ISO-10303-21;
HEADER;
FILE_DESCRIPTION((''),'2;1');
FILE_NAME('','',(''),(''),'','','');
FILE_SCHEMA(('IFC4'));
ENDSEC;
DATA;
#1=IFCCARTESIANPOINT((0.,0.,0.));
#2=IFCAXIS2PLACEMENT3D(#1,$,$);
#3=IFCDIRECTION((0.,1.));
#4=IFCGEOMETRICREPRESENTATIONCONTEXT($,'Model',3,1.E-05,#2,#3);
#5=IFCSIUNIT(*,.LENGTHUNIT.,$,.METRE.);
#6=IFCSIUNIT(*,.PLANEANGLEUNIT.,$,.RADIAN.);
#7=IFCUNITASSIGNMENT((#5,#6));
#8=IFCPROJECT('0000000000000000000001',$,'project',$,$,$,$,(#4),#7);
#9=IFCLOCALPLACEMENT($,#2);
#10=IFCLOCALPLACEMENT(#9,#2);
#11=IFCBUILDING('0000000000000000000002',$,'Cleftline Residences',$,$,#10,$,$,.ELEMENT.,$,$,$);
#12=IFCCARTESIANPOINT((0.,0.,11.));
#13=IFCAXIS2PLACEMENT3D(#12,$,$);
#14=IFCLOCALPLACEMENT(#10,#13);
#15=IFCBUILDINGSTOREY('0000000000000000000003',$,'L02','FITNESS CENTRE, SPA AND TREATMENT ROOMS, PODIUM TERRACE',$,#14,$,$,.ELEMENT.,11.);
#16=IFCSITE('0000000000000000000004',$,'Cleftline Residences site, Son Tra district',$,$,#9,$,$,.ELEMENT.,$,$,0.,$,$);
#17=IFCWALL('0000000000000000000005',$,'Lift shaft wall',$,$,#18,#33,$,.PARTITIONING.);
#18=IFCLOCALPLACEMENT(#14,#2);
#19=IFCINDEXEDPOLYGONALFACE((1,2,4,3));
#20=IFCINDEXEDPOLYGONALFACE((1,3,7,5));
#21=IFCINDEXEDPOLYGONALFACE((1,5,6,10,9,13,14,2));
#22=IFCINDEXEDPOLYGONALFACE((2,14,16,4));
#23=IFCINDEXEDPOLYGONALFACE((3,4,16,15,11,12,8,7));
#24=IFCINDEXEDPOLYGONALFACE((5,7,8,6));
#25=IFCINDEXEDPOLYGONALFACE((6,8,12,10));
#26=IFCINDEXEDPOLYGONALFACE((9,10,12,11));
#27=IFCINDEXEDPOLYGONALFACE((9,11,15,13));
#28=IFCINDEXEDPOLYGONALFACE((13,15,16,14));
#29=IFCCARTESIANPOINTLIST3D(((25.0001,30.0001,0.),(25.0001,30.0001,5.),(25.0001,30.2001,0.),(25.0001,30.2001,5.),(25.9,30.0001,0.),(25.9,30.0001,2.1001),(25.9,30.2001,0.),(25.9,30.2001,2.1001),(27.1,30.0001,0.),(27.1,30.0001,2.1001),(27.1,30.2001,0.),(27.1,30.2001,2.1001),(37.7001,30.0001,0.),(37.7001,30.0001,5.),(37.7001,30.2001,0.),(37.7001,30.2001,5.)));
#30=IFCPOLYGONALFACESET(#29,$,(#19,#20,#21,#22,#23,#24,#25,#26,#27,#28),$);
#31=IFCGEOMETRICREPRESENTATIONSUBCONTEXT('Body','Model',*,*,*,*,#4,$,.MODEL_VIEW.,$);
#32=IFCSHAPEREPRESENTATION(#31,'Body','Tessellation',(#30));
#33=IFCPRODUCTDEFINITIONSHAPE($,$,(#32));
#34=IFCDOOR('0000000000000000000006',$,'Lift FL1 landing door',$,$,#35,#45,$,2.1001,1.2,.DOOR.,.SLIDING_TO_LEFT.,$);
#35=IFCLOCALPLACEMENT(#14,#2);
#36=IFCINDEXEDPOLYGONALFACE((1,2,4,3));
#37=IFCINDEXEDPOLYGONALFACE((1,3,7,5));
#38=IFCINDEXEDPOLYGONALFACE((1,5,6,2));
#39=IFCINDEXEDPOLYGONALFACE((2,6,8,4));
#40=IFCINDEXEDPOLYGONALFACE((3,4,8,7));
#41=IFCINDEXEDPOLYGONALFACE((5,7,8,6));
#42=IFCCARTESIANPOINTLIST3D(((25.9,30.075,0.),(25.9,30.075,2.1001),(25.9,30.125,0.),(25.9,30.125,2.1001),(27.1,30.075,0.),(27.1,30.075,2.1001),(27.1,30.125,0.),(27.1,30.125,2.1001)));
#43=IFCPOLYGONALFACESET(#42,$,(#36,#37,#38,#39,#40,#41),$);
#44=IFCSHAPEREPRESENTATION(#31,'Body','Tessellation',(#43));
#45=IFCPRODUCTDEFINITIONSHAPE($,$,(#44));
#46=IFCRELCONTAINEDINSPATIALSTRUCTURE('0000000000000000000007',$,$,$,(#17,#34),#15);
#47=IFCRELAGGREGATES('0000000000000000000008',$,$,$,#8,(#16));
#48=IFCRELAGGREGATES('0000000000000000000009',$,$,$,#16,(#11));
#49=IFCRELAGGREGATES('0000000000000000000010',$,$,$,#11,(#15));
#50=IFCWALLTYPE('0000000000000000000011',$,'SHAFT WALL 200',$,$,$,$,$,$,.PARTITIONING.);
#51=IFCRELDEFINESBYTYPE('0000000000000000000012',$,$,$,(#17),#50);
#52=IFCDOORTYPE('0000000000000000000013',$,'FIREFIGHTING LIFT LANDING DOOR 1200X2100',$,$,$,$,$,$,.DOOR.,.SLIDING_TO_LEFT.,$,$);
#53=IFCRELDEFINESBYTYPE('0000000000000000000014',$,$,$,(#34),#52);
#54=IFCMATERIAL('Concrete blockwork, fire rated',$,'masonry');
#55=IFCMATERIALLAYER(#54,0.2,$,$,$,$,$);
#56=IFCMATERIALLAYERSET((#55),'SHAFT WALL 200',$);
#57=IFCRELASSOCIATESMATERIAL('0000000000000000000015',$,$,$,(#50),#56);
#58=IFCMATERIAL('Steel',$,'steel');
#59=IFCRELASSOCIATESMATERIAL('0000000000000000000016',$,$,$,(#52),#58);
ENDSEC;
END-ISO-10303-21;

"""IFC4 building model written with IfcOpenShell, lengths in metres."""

from ifc_helpers import new_model, si_unit, direction, frame, frame_2d, origin, place, context, subcontext, project, spatial, rectangle, extrude, material, layer, layer_set, type_object, element, fill, save


model = new_model("IFC4")

# Units and contexts
model_context = context("Model", 3, precision=1e-05, world=origin(), true_north=direction((0.0, 1.0)))
body_context = subcontext(model_context, "Body", "Model", "MODEL_VIEW")
ifc_project = project(units=[si_unit("LENGTHUNIT", "METRE"), si_unit("PLANEANGLEUNIT", "RADIAN")], contexts=[model_context])

# Site, building, storey
site_placement = place(None, origin())
site = spatial("IfcSite", under=ifc_project, at=site_placement, Name="Cleftline Residences site, Son Tra district", CompositionType="ELEMENT", RefElevation=0.0)
building_placement = place(site_placement, origin())
building = spatial("IfcBuilding", under=site, at=building_placement, Name="Cleftline Residences", CompositionType="ELEMENT")
storey_placement = place(building_placement, frame((0.0, 0.0, 11.0)))
storey = spatial("IfcBuildingStorey", under=building, at=storey_placement, Name="L02", Description="FITNESS CENTRE, SPA AND TREATMENT ROOMS, PODIUM TERRACE", CompositionType="ELEMENT", Elevation=11.0)

# Wall, opening, door
ifc_material_1 = material(Name="Concrete blockwork, fire rated", Category="masonry")
ifc_layer_1 = layer(ifc_material_1, 0.2)
ifc_layer_set_1 = layer_set([ifc_layer_1], Name="SHAFT WALL 200")
wall_type_1 = type_object("IfcWallType", Name="SHAFT WALL 200", PredefinedType="PARTITIONING", material=ifc_layer_set_1)
wall_1_placement = place(storey_placement, frame((25.0, 30.1001, 0.0), z_axis=(0.0, 0.0, 1.0), x_axis=(1.0, 0.0, 0.0)))
wall_1 = element("IfcWall", 1, at=wall_1_placement, inside=storey, type_object=wall_type_1, Name="Lift shaft wall", PredefinedType="PARTITIONING", context=body_context, shape_type="SweptSolid", body=[
    extrude(rectangle(XDim=12.7, YDim=0.2, at=frame_2d((6.3501, 0.0))), origin(), (0.0, 0.0, 1.0), 5.0),
])
opening_1_placement = place(wall_1_placement, frame((0.8999, 0.0, 0.0)))
opening_1 = element("IfcOpeningElement", 2, at=opening_1_placement, cuts=wall_1, PredefinedType="OPENING", context=body_context, shape_type="SweptSolid", body=[
    extrude(rectangle(XDim=1.2, YDim=2.1001, at=frame_2d((0.6001, 1.05))), frame((0.0, 0.1099, 0.0), z_axis=(0.0, -1.0, 0.0), x_axis=(1.0, 0.0, 0.0)), (0.0, 0.0, 1.0), 0.22),
])
ifc_material_2 = material(Name="Steel", Category="steel")
door_type_1 = type_object("IfcDoorType", Name="FIREFIGHTING LIFT LANDING DOOR 1200X2100", OperationType="SLIDING_TO_LEFT", PredefinedType="DOOR", material=ifc_material_2)
door_1_placement = place(opening_1_placement, origin())
door_1 = element("IfcDoor", 3, at=door_1_placement, inside=storey, type_object=door_type_1, Name="Lift FL1 landing door", OperationType="SLIDING_TO_LEFT", OverallHeight=2.1001, OverallWidth=1.2, PredefinedType="DOOR", context=body_context, shape_type="SweptSolid", body=[
    extrude(rectangle(XDim=1.2, YDim=2.1001, at=frame_2d((0.6001, 1.05))), frame((0.0, 0.0249, 0.0), z_axis=(0.0, -1.0, 0.0), x_axis=(1.0, 0.0, 0.0)), (0.0, 0.0, 1.0), 0.05),
])
fill(opening_1, door_1)

save(model, "model.ifc")
